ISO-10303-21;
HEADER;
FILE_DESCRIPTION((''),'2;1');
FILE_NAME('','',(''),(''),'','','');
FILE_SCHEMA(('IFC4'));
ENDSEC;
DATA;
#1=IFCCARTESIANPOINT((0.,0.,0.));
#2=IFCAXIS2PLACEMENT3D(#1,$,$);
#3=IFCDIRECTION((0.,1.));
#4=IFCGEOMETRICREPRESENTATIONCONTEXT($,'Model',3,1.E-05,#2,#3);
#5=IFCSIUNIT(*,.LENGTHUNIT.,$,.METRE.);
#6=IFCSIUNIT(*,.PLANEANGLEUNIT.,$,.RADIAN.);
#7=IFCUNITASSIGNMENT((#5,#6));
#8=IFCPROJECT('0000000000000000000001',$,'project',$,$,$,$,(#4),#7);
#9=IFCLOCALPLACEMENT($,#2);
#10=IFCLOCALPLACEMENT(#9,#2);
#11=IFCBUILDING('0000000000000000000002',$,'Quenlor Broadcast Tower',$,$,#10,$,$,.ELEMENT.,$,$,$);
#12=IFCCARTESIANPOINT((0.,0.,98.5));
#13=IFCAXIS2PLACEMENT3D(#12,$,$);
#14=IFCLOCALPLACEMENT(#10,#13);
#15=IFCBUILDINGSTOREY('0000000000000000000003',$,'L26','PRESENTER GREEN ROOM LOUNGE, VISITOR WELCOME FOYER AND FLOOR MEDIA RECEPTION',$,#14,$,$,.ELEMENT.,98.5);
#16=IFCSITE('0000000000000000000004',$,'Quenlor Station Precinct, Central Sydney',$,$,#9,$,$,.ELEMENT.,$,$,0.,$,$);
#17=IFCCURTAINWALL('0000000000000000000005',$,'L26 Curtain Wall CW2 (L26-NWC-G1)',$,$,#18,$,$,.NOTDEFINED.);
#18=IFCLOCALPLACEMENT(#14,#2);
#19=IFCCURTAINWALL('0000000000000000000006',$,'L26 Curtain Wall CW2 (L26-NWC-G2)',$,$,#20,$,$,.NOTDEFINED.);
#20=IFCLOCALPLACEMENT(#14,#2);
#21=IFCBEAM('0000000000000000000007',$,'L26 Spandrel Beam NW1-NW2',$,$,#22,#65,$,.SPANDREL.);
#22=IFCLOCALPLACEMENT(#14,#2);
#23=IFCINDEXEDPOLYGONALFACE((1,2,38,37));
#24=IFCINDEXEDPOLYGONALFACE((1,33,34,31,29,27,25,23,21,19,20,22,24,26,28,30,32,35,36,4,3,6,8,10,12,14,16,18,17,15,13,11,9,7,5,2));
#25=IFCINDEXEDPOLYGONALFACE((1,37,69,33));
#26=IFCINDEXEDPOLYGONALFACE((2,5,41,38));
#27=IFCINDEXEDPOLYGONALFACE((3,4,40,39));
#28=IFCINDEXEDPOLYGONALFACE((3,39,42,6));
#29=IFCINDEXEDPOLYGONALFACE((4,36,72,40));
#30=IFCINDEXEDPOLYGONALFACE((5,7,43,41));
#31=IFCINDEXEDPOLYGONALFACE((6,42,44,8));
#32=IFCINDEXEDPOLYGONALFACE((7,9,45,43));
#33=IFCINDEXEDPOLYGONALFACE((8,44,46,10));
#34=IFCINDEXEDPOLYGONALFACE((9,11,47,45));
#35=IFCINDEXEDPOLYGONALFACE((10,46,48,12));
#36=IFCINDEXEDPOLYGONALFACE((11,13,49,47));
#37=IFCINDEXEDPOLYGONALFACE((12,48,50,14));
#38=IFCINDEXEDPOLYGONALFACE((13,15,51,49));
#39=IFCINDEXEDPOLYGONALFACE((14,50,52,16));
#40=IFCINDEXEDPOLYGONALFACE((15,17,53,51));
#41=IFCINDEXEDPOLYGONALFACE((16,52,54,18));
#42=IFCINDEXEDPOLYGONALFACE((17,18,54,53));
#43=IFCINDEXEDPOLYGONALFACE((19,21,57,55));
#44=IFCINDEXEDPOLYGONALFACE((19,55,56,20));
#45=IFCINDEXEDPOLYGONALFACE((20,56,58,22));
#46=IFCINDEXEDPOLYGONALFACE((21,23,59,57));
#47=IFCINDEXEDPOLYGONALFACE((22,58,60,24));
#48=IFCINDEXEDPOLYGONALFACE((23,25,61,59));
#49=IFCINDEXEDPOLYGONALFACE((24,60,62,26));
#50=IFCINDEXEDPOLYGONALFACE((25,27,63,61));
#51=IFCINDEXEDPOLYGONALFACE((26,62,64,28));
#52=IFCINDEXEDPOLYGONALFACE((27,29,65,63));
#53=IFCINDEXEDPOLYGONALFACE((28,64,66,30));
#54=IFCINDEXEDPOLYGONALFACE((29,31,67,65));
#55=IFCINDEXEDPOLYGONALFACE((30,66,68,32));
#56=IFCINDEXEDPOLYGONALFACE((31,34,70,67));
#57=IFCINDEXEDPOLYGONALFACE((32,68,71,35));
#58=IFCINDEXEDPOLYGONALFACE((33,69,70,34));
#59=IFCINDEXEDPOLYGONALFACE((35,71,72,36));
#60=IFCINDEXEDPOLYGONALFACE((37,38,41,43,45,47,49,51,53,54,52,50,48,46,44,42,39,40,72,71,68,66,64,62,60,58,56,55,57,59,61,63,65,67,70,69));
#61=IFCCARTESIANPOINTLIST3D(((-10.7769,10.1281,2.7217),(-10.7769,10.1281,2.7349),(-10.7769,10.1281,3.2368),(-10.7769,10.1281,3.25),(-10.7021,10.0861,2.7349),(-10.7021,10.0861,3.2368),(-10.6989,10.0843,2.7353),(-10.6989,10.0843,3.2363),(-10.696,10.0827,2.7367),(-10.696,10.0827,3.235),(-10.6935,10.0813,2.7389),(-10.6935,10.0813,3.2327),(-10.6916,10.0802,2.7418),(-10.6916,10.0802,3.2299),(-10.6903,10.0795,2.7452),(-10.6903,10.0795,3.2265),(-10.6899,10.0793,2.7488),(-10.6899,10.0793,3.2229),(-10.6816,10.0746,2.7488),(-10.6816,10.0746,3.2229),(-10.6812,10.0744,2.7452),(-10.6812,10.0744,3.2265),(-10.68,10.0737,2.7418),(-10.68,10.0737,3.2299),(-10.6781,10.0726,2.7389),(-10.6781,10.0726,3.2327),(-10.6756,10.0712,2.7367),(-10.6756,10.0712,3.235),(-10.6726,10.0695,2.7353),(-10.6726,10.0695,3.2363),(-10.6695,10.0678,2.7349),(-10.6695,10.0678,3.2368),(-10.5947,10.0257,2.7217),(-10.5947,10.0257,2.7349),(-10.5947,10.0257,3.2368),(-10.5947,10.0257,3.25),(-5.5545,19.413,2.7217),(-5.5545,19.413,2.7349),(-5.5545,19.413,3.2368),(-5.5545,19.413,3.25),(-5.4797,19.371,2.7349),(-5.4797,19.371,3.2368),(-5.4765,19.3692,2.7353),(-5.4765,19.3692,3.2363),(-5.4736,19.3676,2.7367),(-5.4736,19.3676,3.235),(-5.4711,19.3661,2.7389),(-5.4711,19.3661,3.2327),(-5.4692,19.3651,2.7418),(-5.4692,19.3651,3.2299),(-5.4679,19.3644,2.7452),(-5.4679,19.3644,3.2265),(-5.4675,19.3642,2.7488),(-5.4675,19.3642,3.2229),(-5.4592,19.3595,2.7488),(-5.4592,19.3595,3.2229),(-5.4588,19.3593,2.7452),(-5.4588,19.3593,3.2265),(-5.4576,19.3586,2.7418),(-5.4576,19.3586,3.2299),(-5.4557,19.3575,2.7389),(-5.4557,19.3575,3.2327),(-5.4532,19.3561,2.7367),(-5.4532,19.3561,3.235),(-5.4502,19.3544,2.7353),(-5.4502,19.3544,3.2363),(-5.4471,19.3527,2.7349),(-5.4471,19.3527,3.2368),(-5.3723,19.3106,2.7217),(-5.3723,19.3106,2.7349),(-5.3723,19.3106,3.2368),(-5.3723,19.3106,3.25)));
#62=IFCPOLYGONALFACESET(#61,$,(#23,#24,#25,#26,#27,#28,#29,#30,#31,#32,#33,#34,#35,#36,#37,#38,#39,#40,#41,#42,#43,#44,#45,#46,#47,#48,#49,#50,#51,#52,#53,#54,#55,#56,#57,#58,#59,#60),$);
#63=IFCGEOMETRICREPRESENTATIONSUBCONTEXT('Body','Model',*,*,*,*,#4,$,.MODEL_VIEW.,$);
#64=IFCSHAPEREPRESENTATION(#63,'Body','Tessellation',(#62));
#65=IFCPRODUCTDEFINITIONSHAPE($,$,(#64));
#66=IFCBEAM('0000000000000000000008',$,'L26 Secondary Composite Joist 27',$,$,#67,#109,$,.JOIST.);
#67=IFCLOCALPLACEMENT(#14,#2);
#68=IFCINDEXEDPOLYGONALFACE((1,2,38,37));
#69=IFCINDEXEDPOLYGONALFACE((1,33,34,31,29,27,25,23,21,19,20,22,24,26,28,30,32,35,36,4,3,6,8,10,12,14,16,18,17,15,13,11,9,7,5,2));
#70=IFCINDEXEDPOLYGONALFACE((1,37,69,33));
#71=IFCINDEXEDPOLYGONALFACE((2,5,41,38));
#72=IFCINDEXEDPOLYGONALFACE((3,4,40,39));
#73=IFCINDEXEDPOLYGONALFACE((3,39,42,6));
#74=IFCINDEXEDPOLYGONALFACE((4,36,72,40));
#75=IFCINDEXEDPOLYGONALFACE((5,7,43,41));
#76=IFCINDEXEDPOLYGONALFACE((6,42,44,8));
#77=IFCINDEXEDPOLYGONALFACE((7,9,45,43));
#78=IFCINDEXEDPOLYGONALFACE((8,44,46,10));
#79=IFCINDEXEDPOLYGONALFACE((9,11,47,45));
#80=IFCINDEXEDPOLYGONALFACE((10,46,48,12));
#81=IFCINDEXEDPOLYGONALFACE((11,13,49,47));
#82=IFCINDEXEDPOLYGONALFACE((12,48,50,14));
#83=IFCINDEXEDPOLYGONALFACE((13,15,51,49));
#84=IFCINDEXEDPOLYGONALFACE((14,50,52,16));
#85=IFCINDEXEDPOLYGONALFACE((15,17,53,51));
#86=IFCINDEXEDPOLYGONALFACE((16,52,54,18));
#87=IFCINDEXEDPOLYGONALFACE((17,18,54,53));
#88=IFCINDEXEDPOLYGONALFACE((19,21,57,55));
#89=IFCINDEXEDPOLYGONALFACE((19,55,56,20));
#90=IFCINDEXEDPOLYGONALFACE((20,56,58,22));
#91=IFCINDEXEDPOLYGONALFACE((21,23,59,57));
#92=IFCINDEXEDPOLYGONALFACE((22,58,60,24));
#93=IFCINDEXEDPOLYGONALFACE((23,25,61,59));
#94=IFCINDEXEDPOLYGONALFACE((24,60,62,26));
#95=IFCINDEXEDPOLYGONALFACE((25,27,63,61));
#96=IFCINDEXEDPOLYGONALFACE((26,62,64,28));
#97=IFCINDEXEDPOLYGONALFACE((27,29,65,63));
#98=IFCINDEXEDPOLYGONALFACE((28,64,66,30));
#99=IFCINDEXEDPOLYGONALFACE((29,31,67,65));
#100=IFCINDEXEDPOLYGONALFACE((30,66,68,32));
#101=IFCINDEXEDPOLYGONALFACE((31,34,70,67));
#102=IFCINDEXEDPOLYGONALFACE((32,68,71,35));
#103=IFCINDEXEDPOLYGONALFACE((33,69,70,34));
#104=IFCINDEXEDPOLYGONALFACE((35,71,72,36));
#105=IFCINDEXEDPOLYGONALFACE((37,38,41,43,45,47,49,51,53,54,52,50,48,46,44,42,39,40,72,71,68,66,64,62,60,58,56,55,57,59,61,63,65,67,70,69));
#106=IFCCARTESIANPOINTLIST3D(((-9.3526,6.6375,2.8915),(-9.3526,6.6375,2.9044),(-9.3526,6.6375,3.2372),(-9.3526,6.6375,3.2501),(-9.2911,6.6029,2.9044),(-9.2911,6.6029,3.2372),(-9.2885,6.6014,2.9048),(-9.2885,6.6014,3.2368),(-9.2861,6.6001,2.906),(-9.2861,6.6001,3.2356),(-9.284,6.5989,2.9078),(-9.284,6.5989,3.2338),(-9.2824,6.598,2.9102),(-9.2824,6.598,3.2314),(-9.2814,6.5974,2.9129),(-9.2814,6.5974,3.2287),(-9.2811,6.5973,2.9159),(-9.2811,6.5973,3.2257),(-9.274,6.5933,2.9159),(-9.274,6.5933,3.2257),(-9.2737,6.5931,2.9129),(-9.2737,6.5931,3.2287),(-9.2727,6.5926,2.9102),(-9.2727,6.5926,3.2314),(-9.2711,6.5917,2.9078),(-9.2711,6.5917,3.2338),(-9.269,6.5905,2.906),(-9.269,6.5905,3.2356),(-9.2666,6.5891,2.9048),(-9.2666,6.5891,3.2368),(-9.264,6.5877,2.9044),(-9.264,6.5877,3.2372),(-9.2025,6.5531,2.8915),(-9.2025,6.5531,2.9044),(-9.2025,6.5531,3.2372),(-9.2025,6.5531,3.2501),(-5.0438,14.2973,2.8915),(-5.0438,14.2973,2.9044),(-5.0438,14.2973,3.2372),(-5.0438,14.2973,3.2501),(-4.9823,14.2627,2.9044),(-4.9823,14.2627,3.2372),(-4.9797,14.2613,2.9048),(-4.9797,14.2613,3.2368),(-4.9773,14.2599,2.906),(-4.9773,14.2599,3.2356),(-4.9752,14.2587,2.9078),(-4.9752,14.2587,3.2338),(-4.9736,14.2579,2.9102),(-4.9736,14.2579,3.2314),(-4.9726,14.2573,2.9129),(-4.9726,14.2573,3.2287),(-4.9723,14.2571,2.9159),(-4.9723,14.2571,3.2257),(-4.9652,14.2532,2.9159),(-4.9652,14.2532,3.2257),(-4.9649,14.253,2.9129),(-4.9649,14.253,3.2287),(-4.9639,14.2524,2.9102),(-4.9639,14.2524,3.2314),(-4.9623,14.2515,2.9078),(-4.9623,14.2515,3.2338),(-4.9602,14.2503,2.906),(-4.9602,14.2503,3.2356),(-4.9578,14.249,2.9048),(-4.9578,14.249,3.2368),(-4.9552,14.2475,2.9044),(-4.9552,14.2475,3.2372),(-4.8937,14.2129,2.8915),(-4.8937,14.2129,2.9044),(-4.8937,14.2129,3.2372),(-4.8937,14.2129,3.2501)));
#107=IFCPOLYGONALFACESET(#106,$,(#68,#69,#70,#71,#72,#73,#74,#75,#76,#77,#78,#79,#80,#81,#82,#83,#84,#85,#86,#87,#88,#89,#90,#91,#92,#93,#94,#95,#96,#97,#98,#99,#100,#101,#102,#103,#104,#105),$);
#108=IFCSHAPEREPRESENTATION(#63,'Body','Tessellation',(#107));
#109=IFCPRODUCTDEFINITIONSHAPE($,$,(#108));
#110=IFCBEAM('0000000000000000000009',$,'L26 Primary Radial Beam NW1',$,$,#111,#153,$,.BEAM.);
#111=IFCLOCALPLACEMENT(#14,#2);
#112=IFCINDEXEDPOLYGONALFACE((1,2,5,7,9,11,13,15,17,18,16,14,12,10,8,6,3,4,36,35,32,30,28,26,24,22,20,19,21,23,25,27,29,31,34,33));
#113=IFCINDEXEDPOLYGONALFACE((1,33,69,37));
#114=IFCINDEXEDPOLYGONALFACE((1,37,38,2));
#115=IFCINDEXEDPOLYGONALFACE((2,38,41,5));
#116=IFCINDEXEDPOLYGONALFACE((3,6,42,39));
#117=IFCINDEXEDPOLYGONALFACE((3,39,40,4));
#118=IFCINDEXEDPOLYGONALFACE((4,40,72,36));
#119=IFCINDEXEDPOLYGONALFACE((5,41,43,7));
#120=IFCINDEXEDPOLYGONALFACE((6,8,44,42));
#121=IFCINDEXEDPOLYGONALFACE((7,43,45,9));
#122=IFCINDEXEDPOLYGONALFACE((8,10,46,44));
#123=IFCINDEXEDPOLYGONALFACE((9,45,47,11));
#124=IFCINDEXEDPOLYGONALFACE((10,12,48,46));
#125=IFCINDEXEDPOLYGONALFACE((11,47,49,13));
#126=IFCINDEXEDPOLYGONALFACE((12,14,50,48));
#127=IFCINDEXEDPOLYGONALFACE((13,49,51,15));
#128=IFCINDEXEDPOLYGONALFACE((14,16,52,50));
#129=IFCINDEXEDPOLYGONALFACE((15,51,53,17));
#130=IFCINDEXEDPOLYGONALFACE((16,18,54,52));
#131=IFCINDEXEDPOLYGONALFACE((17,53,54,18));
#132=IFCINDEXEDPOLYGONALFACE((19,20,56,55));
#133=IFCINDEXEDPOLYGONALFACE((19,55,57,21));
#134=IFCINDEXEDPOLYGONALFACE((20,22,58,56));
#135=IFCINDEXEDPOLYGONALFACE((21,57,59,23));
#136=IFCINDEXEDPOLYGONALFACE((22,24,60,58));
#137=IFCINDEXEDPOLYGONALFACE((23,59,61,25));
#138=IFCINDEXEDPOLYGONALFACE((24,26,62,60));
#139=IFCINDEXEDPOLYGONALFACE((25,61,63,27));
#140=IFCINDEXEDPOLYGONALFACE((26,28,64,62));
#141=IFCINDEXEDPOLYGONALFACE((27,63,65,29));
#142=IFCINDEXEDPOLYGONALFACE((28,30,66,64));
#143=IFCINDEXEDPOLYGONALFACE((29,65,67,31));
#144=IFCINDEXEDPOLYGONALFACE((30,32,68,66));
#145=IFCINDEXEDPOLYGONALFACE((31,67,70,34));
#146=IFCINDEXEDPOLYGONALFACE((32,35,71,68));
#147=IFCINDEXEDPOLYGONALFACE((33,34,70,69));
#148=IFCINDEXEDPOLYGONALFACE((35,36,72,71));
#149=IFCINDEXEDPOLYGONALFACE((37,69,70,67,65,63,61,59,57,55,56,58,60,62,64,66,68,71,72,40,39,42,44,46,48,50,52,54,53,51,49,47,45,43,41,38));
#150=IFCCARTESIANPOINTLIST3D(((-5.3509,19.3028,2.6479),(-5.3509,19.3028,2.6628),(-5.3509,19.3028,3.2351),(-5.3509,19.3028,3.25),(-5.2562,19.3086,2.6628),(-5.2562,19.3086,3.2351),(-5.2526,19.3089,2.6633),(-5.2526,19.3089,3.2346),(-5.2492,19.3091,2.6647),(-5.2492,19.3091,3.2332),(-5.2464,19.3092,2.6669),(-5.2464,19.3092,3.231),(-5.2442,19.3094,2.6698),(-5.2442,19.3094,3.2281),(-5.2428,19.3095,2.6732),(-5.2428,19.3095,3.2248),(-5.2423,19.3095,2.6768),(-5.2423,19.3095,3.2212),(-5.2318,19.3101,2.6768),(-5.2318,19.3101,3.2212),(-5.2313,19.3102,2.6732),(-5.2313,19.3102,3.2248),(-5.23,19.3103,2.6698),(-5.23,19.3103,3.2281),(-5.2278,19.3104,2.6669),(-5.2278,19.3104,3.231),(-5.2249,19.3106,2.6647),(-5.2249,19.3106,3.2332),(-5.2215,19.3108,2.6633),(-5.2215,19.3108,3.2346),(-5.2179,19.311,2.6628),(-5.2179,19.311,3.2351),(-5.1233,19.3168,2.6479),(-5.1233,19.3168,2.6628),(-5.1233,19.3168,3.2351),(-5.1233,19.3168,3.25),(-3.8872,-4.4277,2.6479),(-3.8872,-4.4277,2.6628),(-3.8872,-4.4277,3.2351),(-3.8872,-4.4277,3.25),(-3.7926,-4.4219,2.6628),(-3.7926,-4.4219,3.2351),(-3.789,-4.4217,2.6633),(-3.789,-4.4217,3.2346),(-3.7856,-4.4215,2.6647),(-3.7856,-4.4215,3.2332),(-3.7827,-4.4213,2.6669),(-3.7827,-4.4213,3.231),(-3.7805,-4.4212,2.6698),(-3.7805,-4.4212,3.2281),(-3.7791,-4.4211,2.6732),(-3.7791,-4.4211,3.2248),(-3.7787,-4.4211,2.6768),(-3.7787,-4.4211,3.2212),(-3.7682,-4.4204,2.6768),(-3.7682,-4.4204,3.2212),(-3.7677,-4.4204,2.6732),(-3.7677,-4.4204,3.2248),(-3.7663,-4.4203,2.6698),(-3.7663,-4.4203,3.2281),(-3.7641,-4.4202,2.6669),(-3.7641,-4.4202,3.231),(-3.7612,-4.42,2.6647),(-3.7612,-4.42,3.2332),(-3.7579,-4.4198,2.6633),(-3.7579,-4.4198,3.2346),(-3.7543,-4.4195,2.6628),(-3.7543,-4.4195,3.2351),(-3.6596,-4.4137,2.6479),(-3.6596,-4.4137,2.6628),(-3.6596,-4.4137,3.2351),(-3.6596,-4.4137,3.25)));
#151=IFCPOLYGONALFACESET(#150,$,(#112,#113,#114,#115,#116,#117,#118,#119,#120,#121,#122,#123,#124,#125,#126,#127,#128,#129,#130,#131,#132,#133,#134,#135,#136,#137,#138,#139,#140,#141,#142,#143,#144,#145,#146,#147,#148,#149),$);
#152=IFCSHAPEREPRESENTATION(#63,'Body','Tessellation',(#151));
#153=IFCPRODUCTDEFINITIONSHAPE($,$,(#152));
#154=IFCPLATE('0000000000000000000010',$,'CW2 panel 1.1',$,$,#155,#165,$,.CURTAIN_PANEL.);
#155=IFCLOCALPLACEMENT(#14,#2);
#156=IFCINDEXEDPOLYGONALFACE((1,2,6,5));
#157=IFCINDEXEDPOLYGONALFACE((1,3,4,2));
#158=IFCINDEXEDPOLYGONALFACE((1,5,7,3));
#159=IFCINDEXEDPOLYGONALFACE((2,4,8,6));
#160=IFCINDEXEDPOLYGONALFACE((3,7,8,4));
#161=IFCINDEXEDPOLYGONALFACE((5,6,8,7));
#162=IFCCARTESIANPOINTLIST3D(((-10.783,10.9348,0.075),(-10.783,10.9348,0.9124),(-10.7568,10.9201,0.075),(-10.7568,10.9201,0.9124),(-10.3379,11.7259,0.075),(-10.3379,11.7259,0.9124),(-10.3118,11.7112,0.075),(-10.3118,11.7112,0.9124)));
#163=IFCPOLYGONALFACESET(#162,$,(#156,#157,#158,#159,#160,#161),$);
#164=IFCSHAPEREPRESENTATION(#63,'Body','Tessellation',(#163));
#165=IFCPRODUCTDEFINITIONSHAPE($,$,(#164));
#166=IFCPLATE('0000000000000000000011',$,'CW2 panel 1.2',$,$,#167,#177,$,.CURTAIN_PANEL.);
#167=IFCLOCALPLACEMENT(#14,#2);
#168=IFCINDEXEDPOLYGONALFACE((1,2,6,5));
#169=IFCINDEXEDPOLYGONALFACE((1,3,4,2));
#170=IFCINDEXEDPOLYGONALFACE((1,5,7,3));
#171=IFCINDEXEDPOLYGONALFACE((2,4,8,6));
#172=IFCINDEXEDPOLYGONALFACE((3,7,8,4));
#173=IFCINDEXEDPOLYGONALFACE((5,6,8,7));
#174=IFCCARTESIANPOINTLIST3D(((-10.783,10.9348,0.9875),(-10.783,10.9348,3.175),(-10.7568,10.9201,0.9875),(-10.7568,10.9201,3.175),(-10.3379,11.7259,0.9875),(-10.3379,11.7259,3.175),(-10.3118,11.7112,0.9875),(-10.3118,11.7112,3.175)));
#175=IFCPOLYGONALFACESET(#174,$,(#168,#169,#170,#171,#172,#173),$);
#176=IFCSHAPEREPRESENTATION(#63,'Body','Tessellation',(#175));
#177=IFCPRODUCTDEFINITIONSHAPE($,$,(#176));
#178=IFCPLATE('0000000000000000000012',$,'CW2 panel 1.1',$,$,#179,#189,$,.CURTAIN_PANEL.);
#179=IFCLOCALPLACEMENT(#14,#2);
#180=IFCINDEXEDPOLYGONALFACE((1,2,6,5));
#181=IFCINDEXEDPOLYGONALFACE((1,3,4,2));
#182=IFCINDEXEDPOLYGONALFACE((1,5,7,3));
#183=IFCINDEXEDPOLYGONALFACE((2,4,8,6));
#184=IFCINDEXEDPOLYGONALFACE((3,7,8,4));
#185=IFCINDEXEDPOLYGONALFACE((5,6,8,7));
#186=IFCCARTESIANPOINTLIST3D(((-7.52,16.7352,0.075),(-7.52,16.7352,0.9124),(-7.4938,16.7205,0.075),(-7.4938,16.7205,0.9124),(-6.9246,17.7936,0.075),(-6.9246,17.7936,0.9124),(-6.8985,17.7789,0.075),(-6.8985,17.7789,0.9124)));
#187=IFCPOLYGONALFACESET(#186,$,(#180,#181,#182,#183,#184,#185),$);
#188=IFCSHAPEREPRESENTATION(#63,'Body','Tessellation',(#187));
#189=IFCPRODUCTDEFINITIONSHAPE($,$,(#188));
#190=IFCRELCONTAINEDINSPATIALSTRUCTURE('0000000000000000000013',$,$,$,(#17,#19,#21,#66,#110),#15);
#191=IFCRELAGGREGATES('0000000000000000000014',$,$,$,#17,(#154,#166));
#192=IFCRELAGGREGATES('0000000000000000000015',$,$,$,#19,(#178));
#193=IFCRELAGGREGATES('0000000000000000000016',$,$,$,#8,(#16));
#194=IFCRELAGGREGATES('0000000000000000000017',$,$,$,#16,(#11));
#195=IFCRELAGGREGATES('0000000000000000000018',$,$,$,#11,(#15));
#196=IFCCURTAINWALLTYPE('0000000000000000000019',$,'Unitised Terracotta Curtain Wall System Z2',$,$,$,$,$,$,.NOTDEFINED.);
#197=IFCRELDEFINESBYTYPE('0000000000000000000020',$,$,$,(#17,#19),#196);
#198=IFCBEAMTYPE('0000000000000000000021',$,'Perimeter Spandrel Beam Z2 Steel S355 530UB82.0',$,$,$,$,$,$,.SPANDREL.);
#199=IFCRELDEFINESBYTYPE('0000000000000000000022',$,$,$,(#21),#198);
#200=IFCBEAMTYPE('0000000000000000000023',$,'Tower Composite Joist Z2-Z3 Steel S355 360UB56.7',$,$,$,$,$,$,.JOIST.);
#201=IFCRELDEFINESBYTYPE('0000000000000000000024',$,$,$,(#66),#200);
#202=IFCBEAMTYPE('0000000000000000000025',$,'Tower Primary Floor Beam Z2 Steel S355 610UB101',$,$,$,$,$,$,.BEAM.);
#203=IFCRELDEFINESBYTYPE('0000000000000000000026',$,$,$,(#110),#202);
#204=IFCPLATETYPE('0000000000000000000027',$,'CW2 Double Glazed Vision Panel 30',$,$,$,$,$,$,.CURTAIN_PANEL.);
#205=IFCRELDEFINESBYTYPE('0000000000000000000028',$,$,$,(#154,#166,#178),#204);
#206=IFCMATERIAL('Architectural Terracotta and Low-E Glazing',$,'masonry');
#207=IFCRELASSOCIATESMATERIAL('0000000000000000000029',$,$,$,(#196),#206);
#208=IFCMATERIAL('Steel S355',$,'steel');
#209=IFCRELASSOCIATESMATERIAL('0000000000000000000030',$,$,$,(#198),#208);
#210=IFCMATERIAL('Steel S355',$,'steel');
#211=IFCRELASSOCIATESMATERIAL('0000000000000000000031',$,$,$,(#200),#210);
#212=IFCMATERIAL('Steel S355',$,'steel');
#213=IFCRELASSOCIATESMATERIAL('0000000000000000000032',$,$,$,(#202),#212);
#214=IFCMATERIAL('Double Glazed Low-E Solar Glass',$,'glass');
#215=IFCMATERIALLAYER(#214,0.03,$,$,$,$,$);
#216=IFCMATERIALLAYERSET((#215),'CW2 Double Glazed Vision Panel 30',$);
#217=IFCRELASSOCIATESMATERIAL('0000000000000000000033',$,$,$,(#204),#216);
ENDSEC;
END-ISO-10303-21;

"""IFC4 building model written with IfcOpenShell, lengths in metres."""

from ifc_helpers import new_model, si_unit, direction, frame, origin, origin_2d, place, context, subcontext, project, spatial, rectangle, i_section, extrude, material, layer, layer_set, material_profile, profile_set, type_object, element, aggregate, save


model = new_model("IFC4")

# Units and contexts
model_context = context("Model", 3, precision=1e-05, world=origin(), true_north=direction((0.0, 1.0)))
body_context = subcontext(model_context, "Body", "Model", "MODEL_VIEW")
ifc_project = project(units=[si_unit("LENGTHUNIT", "METRE"), si_unit("PLANEANGLEUNIT", "RADIAN")], contexts=[model_context])

# Site, building, storey
site_placement = place(None, origin())
site = spatial("IfcSite", under=ifc_project, at=site_placement, Name="Quenlor Station Precinct, Central Sydney", CompositionType="ELEMENT", RefElevation=0.0)
building_placement = place(site_placement, origin())
building = spatial("IfcBuilding", under=site, at=building_placement, Name="Quenlor Broadcast Tower", CompositionType="ELEMENT")
storey_placement = place(building_placement, frame((0.0, 0.0, 98.5)))
storey = spatial("IfcBuildingStorey", under=building, at=storey_placement, Name="L26", Description="PRESENTER GREEN ROOM LOUNGE, VISITOR WELCOME FOYER AND FLOOR MEDIA RECEPTION", CompositionType="ELEMENT", Elevation=98.5)

# Curtain wall
ifc_material_1 = material(Name="Architectural Terracotta and Low-E Glazing", Category="masonry")
curtain_wall_type = type_object("IfcCurtainWallType", Name="Unitised Terracotta Curtain Wall System Z2", PredefinedType="NOTDEFINED", material=ifc_material_1)
curtain_wall_1_placement = place(storey_placement, origin())
curtain_wall_1 = element("IfcCurtainWall", 1, at=curtain_wall_1_placement, inside=storey, type_object=curtain_wall_type, Name="L26 Curtain Wall CW2 (L26-NWC-G1)", PredefinedType="NOTDEFINED")

# Curtain wall
curtain_wall_2_placement = place(storey_placement, origin())
curtain_wall_2 = element("IfcCurtainWall", 2, at=curtain_wall_2_placement, inside=storey, type_object=curtain_wall_type, Name="L26 Curtain Wall CW2 (L26-NWC-G2)", PredefinedType="NOTDEFINED")

# Beams
ifc_material_2 = material(Name="Steel S355", Category="steel")
ifc_material_profile_1 = material_profile(ifc_material_2, i_section(OverallWidth=0.209, OverallDepth=0.5283, WebThickness=0.0095, FlangeThickness=0.0132, FilletRadius=0.0139, at=origin_2d()))
ifc_profile_set_1 = profile_set([ifc_material_profile_1], Name="Steel S355 530UB82.0")
beam_type_1 = type_object("IfcBeamType", Name="Perimeter Spandrel Beam Z2 Steel S355 530UB82.0", PredefinedType="SPANDREL", material=ifc_profile_set_1)
beam_1_placement = place(storey_placement, frame((-5.4634, 19.3618, 2.9858), z_axis=(-0.490236, -0.87159, 0.0), x_axis=(0.87159, -0.490236, 0.0)))
element("IfcBeam", 3, at=beam_1_placement, inside=storey, type_object=beam_type_1, Name="L26 Spandrel Beam NW1-NW2", PredefinedType="SPANDREL", context=body_context, shape_type="SweptSolid", body=[
    extrude(i_section(OverallWidth=0.209, OverallDepth=0.5283, WebThickness=0.0095, FlangeThickness=0.0132, FilletRadius=0.0139, at=origin_2d()), origin(), (0.0, 0.0, 1.0), 10.6528),
])
ifc_material_3 = material(Name="Steel S355", Category="steel")
ifc_material_profile_2 = material_profile(ifc_material_3, i_section(OverallWidth=0.1721, OverallDepth=0.3586, WebThickness=0.0081, FlangeThickness=0.0129, FilletRadius=0.0115, at=origin_2d()))
ifc_profile_set_2 = profile_set([ifc_material_profile_2], Name="Steel S355 360UB56.7")
beam_type_2 = type_object("IfcBeamType", Name="Tower Composite Joist Z2-Z3 Steel S355 360UB56.7", PredefinedType="JOIST", material=ifc_profile_set_2)
beam_2_placement = place(storey_placement, frame((-4.9688, 14.2551, 3.0708), z_axis=(-0.490273, -0.871569, 0.0), x_axis=(0.871569, -0.490273, 0.0)))
element("IfcBeam", 4, at=beam_2_placement, inside=storey, type_object=beam_type_2, Name="L26 Secondary Composite Joist 27", PredefinedType="JOIST", context=body_context, shape_type="SweptSolid", body=[
    extrude(i_section(OverallWidth=0.1721, OverallDepth=0.3586, WebThickness=0.0081, FlangeThickness=0.0129, FilletRadius=0.0115, at=origin_2d()), origin(), (0.0, 0.0, 1.0), 8.7886),
])
ifc_material_4 = material(Name="Steel S355", Category="steel")
ifc_material_profile_3 = material_profile(ifc_material_4, i_section(OverallWidth=0.228, OverallDepth=0.6021, WebThickness=0.0105, FlangeThickness=0.0149, FilletRadius=0.0139, at=origin_2d()))
ifc_profile_set_3 = profile_set([ifc_material_profile_3], Name="Steel S355 610UB101")
beam_type_3 = type_object("IfcBeamType", Name="Tower Primary Floor Beam Z2 Steel S355 610UB101", PredefinedType="BEAM", material=ifc_profile_set_3)
beam_3_placement = place(storey_placement, frame((-5.2371, 19.3098, 2.949), z_axis=(0.06156, -0.998103, 0.0), x_axis=(0.998103, 0.06156, 0.0)))
element("IfcBeam", 5, at=beam_3_placement, inside=storey, type_object=beam_type_3, Name="L26 Primary Radial Beam NW1", PredefinedType="BEAM", context=body_context, shape_type="SweptSolid", body=[
    extrude(i_section(OverallWidth=0.228, OverallDepth=0.6021, WebThickness=0.0105, FlangeThickness=0.0149, FilletRadius=0.0139, at=origin_2d()), origin(), (0.0, 0.0, 1.0), 23.7756),
])

# Plates
ifc_material_5 = material(Name="Double Glazed Low-E Solar Glass", Category="glass")
ifc_layer_1 = layer(ifc_material_5, 0.03)
ifc_layer_set_1 = layer_set([ifc_layer_1], Name="CW2 Double Glazed Vision Panel 30")
plate_type_1 = type_object("IfcPlateType", Name="CW2 Double Glazed Vision Panel 30", PredefinedType="CURTAIN_PANEL", material=ifc_layer_set_1)
plate_1_placement = place(storey_placement, frame((-10.5474, 11.323, 0.075), z_axis=(0.0, 0.0, 1.0), x_axis=(0.490252, 0.871581, 0.0)))
plate_1 = element("IfcPlate", 6, at=plate_1_placement, type_object=plate_type_1, Name="CW2 panel 1.1", PredefinedType="CURTAIN_PANEL", context=body_context, shape_type="SweptSolid", body=[
    extrude(rectangle(XDim=0.9077, YDim=0.03, at=origin_2d()), origin(), (0.0, 0.0, 1.0), 0.8374),
])
plate_2_placement = place(storey_placement, frame((-10.5474, 11.323, 0.9875), z_axis=(0.0, 0.0, 1.0), x_axis=(0.490252, 0.871581, 0.0)))
plate_2 = element("IfcPlate", 7, at=plate_2_placement, type_object=plate_type_1, Name="CW2 panel 1.2", PredefinedType="CURTAIN_PANEL", context=body_context, shape_type="SweptSolid", body=[
    extrude(rectangle(XDim=0.9077, YDim=0.03, at=origin_2d()), origin(), (0.0, 0.0, 1.0), 2.1875),
])
aggregate(curtain_wall_1, [plate_1, plate_2])
plate_3_placement = place(storey_placement, frame((-7.2092, 17.2571, 0.075), z_axis=(0.0, 0.0, 1.0), x_axis=(0.490247, 0.871583, 0.0)))
plate_3 = element("IfcPlate", 8, at=plate_3_placement, type_object=plate_type_1, Name="CW2 panel 1.1", PredefinedType="CURTAIN_PANEL", context=body_context, shape_type="SweptSolid", body=[
    extrude(rectangle(XDim=1.2144, YDim=0.03, at=origin_2d()), origin(), (0.0, 0.0, 1.0), 0.8374),
])
aggregate(curtain_wall_2, [plate_3])

save(model, "model.ifc")
